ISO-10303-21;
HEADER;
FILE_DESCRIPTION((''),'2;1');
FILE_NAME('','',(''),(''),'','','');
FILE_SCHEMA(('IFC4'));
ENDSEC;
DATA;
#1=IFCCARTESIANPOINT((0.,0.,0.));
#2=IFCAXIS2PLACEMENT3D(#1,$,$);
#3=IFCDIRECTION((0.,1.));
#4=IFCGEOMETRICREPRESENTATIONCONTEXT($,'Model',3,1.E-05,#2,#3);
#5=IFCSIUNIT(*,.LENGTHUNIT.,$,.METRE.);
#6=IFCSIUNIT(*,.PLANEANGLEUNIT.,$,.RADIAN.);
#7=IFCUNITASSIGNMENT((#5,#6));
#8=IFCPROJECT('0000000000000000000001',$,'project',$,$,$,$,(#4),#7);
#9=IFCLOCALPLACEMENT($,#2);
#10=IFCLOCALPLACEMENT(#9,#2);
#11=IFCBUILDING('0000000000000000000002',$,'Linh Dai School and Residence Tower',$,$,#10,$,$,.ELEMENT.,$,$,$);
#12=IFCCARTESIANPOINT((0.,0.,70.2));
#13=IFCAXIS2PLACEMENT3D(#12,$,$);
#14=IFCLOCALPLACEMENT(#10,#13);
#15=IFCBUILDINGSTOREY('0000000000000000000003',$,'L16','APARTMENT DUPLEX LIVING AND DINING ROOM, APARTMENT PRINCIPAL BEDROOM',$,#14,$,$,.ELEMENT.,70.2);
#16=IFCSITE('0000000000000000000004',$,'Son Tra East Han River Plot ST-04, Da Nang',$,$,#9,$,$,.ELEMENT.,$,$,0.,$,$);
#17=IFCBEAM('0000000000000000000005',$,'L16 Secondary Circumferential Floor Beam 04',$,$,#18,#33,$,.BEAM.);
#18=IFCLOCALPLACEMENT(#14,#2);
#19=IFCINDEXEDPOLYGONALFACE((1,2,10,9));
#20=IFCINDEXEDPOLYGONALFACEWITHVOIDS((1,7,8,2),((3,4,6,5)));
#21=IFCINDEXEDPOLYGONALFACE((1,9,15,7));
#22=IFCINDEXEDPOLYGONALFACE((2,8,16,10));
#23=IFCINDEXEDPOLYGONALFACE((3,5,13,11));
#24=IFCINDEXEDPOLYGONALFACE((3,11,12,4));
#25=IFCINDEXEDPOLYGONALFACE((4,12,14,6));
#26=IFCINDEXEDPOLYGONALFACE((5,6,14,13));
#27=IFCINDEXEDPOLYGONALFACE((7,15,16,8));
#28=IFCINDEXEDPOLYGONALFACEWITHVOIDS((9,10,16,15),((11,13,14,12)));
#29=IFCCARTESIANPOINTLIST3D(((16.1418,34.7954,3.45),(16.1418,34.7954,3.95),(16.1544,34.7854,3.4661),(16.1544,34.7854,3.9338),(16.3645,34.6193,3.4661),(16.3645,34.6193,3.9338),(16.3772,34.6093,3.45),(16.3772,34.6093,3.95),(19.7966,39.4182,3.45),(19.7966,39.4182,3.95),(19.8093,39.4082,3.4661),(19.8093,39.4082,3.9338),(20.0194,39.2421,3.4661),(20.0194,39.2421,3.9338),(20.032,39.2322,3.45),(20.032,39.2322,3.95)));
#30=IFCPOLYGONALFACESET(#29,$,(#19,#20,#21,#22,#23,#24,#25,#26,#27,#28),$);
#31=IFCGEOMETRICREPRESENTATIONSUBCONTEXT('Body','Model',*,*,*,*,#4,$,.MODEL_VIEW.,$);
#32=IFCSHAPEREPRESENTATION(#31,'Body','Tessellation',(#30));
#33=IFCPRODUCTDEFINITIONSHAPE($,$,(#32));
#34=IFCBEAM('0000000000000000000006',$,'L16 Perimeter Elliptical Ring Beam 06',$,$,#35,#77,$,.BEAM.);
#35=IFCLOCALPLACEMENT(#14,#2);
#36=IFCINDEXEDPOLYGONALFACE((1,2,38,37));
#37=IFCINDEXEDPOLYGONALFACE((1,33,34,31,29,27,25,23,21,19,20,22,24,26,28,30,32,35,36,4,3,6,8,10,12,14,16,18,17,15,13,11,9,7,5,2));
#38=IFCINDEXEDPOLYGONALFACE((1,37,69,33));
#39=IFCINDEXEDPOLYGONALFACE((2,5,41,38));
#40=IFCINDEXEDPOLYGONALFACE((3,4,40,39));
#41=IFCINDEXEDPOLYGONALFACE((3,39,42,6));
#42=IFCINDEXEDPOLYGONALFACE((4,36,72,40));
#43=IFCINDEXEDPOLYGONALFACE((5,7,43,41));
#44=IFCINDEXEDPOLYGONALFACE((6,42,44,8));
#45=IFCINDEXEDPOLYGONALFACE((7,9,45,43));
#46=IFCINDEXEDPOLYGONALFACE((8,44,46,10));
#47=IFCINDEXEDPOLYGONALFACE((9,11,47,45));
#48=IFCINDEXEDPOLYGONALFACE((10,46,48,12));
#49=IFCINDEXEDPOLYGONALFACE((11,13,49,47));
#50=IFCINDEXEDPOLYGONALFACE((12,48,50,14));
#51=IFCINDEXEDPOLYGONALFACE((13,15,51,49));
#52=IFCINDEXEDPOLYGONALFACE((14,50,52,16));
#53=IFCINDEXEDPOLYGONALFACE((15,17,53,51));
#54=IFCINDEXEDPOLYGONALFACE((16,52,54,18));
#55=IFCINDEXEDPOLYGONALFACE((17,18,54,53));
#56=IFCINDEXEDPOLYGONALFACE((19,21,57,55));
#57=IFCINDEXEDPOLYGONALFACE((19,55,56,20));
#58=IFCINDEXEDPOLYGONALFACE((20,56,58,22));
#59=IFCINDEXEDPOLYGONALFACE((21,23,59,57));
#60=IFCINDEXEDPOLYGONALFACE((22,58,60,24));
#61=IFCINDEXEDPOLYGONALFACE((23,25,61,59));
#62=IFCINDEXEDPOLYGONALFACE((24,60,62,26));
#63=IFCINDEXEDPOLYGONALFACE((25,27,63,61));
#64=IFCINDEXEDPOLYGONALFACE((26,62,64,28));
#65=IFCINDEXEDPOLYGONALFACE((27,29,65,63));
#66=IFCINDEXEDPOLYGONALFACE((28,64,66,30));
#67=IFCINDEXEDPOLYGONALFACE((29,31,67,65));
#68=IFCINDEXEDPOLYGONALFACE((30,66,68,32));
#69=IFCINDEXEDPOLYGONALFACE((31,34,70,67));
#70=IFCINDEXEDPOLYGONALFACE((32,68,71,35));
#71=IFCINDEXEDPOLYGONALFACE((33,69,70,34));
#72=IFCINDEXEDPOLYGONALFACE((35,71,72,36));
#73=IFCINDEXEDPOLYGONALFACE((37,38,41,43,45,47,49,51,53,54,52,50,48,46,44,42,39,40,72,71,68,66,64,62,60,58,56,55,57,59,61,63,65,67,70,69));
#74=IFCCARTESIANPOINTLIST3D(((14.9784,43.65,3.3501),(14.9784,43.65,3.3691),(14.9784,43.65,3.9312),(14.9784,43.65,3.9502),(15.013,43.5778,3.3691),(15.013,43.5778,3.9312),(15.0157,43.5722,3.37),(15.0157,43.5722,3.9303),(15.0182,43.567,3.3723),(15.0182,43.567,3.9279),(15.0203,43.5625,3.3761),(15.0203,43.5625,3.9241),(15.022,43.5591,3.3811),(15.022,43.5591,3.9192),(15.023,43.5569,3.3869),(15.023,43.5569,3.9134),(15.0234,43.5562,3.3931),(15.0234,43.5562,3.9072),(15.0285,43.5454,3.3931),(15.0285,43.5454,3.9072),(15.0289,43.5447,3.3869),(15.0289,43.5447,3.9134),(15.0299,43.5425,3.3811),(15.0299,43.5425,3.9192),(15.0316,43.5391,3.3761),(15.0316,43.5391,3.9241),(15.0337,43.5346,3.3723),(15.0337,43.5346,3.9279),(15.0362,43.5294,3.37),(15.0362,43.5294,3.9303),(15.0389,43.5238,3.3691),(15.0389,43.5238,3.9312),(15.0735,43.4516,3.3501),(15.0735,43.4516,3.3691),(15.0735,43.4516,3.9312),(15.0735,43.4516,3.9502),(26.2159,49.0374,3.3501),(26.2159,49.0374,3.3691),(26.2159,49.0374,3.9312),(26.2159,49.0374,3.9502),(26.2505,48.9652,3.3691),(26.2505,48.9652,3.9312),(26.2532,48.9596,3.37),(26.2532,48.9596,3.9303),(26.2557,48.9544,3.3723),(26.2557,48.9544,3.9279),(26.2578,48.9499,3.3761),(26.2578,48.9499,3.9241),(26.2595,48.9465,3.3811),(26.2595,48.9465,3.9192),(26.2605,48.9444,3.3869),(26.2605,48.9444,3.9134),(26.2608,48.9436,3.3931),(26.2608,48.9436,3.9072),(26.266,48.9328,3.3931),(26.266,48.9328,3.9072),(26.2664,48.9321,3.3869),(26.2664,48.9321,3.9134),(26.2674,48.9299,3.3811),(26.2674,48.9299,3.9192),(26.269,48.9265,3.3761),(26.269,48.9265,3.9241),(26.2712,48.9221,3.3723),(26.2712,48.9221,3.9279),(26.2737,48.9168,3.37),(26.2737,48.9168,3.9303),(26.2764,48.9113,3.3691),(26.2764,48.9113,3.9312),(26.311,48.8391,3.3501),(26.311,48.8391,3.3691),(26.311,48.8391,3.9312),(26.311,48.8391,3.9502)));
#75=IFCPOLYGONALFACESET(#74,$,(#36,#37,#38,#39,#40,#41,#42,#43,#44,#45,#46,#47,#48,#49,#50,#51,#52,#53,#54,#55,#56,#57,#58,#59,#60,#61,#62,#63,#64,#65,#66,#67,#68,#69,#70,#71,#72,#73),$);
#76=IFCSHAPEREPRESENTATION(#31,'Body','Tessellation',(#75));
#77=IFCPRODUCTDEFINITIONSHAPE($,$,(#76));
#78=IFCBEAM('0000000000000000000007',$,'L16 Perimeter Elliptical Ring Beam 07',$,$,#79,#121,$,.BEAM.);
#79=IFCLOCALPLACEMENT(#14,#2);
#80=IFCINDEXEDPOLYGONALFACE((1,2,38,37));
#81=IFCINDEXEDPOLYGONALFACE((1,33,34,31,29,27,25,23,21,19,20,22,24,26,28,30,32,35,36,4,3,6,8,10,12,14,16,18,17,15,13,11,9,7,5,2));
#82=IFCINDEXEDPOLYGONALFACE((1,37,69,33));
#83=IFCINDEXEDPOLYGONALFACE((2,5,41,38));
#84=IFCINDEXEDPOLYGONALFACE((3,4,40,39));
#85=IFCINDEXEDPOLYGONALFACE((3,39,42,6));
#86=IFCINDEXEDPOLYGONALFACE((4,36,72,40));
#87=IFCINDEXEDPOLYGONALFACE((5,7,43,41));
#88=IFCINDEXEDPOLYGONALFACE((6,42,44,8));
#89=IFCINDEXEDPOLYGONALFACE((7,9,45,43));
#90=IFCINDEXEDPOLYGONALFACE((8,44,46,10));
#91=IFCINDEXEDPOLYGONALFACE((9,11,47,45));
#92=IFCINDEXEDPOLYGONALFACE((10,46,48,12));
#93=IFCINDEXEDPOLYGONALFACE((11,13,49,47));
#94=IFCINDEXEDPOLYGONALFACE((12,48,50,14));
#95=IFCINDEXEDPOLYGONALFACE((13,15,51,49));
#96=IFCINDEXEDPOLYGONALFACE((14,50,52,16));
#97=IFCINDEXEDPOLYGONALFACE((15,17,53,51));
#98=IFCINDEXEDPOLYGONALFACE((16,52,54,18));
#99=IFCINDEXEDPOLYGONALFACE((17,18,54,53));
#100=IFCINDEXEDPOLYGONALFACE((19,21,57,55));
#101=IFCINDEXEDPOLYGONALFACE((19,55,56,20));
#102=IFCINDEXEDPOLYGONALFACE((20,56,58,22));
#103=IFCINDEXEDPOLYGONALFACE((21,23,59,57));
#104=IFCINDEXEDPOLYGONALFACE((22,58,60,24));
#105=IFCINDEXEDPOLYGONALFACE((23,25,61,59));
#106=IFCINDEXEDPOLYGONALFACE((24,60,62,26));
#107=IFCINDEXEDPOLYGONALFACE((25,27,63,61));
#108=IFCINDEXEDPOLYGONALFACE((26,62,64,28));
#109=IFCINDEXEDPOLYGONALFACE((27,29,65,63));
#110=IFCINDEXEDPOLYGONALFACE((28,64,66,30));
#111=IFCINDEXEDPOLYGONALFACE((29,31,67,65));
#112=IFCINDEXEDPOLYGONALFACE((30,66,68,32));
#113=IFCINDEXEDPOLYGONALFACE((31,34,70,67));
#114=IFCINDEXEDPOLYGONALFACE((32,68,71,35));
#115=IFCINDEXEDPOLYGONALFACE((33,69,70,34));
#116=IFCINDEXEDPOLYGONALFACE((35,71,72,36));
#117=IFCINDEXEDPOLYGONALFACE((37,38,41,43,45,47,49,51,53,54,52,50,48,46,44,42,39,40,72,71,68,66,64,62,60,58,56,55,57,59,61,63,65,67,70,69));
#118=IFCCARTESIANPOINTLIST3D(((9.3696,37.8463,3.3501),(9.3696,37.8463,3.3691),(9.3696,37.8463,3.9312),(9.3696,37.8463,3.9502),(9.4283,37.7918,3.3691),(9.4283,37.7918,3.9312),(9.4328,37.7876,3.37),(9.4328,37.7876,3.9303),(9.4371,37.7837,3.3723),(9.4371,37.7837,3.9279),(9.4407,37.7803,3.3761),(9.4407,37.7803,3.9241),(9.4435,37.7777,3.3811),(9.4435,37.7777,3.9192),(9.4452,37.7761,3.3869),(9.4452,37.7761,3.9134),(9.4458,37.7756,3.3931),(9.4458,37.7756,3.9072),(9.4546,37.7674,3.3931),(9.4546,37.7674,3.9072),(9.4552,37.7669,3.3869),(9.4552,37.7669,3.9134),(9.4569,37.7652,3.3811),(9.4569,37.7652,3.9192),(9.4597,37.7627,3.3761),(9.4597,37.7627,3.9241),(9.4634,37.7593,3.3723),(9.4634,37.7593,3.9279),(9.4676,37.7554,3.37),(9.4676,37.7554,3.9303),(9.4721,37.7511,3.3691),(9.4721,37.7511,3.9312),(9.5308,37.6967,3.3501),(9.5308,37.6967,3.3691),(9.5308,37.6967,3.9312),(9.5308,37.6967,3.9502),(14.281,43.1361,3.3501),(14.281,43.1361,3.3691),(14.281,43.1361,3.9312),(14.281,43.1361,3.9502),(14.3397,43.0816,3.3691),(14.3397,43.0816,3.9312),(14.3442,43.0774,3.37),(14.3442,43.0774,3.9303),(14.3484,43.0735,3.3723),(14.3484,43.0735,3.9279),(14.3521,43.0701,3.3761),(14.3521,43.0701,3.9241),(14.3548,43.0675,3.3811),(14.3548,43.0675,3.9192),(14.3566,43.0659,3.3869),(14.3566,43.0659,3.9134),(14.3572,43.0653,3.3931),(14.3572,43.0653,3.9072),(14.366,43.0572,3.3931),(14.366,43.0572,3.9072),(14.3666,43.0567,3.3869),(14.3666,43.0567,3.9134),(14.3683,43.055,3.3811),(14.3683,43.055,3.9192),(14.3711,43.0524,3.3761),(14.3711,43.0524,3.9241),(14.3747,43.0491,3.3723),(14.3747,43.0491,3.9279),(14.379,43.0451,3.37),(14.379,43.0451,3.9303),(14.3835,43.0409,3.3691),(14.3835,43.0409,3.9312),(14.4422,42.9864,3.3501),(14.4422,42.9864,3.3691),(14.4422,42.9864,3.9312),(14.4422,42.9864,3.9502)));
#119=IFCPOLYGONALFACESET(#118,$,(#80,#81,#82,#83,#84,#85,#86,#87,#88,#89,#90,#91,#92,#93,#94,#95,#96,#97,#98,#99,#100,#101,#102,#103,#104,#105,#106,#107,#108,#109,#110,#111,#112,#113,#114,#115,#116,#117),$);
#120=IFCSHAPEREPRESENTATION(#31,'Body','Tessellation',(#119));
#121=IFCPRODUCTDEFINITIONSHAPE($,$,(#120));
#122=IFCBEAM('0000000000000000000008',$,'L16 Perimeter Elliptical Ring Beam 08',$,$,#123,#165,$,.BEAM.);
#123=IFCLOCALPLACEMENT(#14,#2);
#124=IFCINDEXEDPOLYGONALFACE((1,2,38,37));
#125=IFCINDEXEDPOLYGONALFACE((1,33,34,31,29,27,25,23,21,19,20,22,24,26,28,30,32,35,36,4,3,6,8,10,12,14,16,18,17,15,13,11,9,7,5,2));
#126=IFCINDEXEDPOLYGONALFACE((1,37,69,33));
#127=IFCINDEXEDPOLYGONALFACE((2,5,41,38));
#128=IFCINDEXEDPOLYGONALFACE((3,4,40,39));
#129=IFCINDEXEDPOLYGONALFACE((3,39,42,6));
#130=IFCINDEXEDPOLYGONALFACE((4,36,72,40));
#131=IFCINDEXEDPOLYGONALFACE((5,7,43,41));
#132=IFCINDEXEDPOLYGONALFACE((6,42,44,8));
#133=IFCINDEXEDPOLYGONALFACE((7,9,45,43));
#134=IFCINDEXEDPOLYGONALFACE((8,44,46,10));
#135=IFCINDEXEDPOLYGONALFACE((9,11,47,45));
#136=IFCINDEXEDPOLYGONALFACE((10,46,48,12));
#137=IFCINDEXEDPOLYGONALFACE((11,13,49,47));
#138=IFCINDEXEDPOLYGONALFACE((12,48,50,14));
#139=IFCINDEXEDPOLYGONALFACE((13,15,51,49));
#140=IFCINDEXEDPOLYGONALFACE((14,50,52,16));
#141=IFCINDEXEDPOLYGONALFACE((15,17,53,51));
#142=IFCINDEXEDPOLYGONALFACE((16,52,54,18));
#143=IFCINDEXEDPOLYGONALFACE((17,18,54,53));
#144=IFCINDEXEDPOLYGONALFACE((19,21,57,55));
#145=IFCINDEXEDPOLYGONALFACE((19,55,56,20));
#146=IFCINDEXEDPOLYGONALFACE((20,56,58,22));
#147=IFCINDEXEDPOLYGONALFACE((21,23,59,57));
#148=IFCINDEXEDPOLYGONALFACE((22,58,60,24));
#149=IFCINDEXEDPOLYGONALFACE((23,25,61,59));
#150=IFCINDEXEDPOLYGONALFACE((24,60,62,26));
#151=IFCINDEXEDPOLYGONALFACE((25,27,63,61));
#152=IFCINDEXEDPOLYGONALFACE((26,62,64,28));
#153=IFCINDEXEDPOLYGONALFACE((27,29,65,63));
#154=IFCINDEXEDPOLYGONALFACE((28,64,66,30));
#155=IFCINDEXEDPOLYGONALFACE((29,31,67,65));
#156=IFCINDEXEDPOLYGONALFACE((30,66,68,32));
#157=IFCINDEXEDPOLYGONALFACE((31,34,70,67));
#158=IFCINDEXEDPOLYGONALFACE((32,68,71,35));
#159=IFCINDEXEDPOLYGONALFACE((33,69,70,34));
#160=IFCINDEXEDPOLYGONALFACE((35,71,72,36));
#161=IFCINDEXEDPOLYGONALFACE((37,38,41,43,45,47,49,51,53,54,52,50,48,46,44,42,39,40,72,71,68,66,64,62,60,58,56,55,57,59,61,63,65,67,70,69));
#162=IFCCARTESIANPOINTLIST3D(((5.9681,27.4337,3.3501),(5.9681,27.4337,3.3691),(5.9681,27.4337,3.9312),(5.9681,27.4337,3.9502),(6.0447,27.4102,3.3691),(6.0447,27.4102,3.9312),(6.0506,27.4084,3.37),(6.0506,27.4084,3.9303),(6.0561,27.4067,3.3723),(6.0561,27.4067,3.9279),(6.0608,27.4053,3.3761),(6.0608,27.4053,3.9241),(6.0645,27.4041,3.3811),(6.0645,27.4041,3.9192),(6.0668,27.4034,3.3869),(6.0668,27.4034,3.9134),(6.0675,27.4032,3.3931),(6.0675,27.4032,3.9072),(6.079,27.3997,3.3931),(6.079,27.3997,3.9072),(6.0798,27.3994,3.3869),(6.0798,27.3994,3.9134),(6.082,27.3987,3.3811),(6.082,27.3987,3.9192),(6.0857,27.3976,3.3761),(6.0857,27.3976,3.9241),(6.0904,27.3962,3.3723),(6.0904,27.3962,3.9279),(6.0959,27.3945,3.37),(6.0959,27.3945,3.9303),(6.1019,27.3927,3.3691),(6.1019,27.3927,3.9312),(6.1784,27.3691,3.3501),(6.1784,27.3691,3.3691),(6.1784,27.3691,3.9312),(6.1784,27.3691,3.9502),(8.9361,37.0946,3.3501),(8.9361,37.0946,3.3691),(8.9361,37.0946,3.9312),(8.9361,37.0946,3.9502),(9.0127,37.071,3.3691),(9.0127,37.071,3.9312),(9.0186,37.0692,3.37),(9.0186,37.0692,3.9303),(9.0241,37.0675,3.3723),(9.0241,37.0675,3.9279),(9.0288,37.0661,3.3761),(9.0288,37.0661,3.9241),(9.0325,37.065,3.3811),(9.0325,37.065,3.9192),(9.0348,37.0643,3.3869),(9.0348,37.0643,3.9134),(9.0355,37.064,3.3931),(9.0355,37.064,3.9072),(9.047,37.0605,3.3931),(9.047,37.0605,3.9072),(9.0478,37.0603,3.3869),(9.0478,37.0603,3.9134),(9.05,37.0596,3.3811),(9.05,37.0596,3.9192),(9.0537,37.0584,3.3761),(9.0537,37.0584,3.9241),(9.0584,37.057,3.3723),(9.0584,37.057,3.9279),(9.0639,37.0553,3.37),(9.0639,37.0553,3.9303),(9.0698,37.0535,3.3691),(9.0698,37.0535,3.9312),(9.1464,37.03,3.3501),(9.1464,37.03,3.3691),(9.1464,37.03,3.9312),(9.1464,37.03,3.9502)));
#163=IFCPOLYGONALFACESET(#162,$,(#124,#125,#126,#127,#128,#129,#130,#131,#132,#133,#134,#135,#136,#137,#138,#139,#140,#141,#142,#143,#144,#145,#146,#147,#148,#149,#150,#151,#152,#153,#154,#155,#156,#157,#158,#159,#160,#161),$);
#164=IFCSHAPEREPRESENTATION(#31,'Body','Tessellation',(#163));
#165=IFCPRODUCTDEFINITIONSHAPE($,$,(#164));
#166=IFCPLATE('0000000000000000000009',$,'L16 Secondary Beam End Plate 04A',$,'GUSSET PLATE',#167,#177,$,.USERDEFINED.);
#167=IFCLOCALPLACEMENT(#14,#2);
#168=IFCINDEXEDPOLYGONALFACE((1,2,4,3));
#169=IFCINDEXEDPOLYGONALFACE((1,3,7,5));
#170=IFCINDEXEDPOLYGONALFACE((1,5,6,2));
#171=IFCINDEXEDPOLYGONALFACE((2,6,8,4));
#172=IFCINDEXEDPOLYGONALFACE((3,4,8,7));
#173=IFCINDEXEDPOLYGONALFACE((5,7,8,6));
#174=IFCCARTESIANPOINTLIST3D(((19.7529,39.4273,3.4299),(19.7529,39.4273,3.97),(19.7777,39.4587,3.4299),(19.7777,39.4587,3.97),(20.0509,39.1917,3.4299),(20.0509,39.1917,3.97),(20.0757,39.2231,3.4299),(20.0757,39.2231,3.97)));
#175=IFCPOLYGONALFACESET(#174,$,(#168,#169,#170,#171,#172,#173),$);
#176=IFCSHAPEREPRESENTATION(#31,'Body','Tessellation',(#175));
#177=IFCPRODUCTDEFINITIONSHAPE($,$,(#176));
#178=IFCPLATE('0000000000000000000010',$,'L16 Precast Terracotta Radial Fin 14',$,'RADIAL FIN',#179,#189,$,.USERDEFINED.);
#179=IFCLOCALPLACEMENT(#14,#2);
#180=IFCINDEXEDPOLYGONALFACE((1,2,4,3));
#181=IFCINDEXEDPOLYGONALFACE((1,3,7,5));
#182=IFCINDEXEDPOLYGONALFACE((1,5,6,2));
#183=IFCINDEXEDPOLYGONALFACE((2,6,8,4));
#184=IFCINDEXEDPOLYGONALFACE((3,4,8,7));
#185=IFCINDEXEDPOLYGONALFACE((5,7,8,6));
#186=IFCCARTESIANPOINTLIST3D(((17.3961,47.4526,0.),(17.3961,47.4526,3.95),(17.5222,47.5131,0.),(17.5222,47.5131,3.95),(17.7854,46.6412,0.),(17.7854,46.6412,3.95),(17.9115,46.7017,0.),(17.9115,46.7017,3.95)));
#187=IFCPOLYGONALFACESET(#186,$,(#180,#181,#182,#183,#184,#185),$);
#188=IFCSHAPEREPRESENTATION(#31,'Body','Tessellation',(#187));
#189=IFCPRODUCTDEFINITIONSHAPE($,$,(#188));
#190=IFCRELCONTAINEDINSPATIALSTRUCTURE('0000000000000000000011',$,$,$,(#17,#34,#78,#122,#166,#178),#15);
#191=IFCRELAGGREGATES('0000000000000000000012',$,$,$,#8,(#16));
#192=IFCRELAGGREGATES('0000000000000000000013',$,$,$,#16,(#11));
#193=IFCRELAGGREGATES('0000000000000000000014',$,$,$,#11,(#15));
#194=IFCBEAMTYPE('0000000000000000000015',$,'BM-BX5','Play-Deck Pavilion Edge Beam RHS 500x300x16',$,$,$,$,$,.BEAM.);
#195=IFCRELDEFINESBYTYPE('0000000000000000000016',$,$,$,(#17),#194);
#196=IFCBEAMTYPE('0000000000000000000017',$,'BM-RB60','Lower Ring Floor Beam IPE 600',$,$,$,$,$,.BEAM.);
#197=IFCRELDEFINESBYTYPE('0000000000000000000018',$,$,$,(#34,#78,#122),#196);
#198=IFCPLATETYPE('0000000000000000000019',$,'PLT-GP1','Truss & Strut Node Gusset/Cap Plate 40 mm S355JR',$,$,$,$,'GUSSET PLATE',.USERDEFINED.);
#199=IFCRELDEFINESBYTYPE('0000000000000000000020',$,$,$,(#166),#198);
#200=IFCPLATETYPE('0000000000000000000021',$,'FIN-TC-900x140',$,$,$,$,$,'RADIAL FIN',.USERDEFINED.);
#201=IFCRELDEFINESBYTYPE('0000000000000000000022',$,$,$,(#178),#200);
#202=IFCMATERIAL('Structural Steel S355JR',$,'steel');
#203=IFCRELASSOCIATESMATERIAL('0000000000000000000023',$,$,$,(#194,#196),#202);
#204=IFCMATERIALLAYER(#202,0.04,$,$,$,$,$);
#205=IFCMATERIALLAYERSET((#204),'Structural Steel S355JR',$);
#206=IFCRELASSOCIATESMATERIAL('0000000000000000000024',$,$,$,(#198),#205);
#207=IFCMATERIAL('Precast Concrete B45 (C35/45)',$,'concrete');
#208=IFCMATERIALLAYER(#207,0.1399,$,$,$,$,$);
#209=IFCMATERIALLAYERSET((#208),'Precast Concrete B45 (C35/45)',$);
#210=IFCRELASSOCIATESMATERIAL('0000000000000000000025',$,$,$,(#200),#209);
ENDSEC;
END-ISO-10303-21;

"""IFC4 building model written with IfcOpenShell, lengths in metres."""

from ifc_helpers import new_model, si_unit, direction, frame, origin, origin_2d, place, context, subcontext, project, spatial, rectangle, hollow_rectangle, i_section, extrude, source, transform, mapped, material, layer, layer_set, material_profile, profile_set, type_object, element, save


model = new_model("IFC4")

# Units and contexts
model_context = context("Model", 3, precision=1e-05, world=origin(), true_north=direction((0.0, 1.0)))
body_context = subcontext(model_context, "Body", "Model", "MODEL_VIEW")
ifc_project = project(units=[si_unit("LENGTHUNIT", "METRE"), si_unit("PLANEANGLEUNIT", "RADIAN")], contexts=[model_context])

# Site, building, storey
site_placement = place(None, origin())
site = spatial("IfcSite", under=ifc_project, at=site_placement, Name="Son Tra East Han River Plot ST-04, Da Nang", CompositionType="ELEMENT", RefElevation=0.0)
building_placement = place(site_placement, origin())
building = spatial("IfcBuilding", under=site, at=building_placement, Name="Linh Dai School and Residence Tower", CompositionType="ELEMENT")
storey_placement = place(building_placement, frame((0.0, 0.0, 70.2)))
storey = spatial("IfcBuildingStorey", under=building, at=storey_placement, Name="L16", Description="APARTMENT DUPLEX LIVING AND DINING ROOM, APARTMENT PRINCIPAL BEDROOM", CompositionType="ELEMENT", Elevation=70.2)

# Shared definitions
ifc_material_1 = material(Name="Structural Steel S355JR", Category="steel")

# Beams
ifc_material_profile_1 = material_profile(ifc_material_1, hollow_rectangle(XDim=0.3, YDim=0.5, WallThickness=0.0161, at=origin_2d()), Name="RHS 500x300x16")
ifc_profile_set_1 = profile_set([ifc_material_profile_1], Name="Structural Steel S355JR")
beam_type_1 = type_object("IfcBeamType", Name="BM-BX5", Description="Play-Deck Pavilion Edge Beam RHS 500x300x16", PredefinedType="BEAM", material=ifc_profile_set_1)
beam_1_placement = place(storey_placement, frame((19.9143, 39.3252, 3.7), z_axis=(-0.620188, -0.784453, 0.0), x_axis=(0.784453, -0.620188, 0.0)))
element("IfcBeam", 1, at=beam_1_placement, inside=storey, type_object=beam_type_1, Name="L16 Secondary Circumferential Floor Beam 04", PredefinedType="BEAM", context=body_context, shape_type="SweptSolid", body=[
    extrude(hollow_rectangle(XDim=0.3, YDim=0.5, WallThickness=0.0161, at=origin_2d()), origin(), (0.0, 0.0, 1.0), 5.8931),
])
ifc_material_profile_2 = material_profile(ifc_material_1, i_section(OverallWidth=0.22, OverallDepth=0.6001, WebThickness=0.012, FlangeThickness=0.019, FilletRadius=0.0239, at=origin_2d()), Name="IPE 600")
ifc_profile_set_2 = profile_set([ifc_material_profile_2], Name="Structural Steel S355JR")
beam_type_2 = type_object("IfcBeamType", Name="BM-RB60", Description="Lower Ring Floor Beam IPE 600", PredefinedType="BEAM", material=ifc_profile_set_2)
beam_2_placement = place(storey_placement, frame((26.2634, 48.9382, 3.6501), z_axis=(-0.901729, -0.432302, 0.0), x_axis=(0.432302, -0.901729, 0.0)))
element("IfcBeam", 2, at=beam_2_placement, inside=storey, type_object=beam_type_2, Name="L16 Perimeter Elliptical Ring Beam 06", PredefinedType="BEAM", context=body_context, shape_type="SweptSolid", body=[
    extrude(i_section(OverallWidth=0.22, OverallDepth=0.6001, WebThickness=0.012, FlangeThickness=0.019, FilletRadius=0.0239, at=origin_2d()), origin(), (0.0, 0.0, 1.0), 12.4622),
])
beam_3_placement = place(storey_placement, frame((14.3616, 43.0613, 3.6501), z_axis=(-0.680408, -0.732833, 0.0), x_axis=(0.732833, -0.680408, 0.0)))
element("IfcBeam", 3, at=beam_3_placement, inside=storey, type_object=beam_type_2, Name="L16 Perimeter Elliptical Ring Beam 07", PredefinedType="BEAM", context=body_context, shape_type="SweptSolid", body=[
    extrude(i_section(OverallWidth=0.22, OverallDepth=0.6001, WebThickness=0.012, FlangeThickness=0.019, FilletRadius=0.0239, at=origin_2d()), origin(), (0.0, 0.0, 1.0), 7.2183),
])
beam_4_placement = place(storey_placement, frame((9.0413, 37.0623, 3.6501), z_axis=(-0.293673, -0.955906, 0.0), x_axis=(0.955906, -0.293673, 0.0)))
element("IfcBeam", 4, at=beam_4_placement, inside=storey, type_object=beam_type_2, Name="L16 Perimeter Elliptical Ring Beam 08", PredefinedType="BEAM", context=body_context, shape_type="SweptSolid", body=[
    extrude(i_section(OverallWidth=0.22, OverallDepth=0.6001, WebThickness=0.012, FlangeThickness=0.019, FilletRadius=0.0239, at=origin_2d()), origin(), (0.0, 0.0, 1.0), 10.1064),
])

# Plates
ifc_layer_1 = layer(ifc_material_1, 0.04)
ifc_layer_set_1 = layer_set([ifc_layer_1], Name="Structural Steel S355JR")
plate_type_1 = type_object("IfcPlateType", Name="PLT-GP1", Description="Truss & Strut Node Gusset/Cap Plate 40 mm S355JR", ElementType="GUSSET PLATE", PredefinedType="USERDEFINED", material=ifc_layer_set_1)
shared_shape_1 = source(origin(), body_context, "Body", "SweptSolid", [
    extrude(rectangle(XDim=0.04, YDim=0.3799, at=origin_2d()), origin(), (0.0, 0.0, 1.0), 0.54),
])
plate_1_placement = place(storey_placement, frame((19.9143, 39.3252, 3.4299), z_axis=(0.0, 0.0, 1.0), x_axis=(-0.620178, -0.784461, 0.0)))
element("IfcPlate", 5, at=plate_1_placement, inside=storey, type_object=plate_type_1, Name="L16 Secondary Beam End Plate 04A", ObjectType="GUSSET PLATE", PredefinedType="USERDEFINED", context=body_context, shape_type="MappedRepresentation", body=[
    mapped(shared_shape_1, transform((0.0, 0.0, 0.0), x_axis=(1.0, 0.0, 0.0), y_axis=(0.0, 1.0, 0.0), z_axis=(0.0, 0.0, 1.0), scale=1.0)),
])
ifc_material_2 = material(Name="Precast Concrete B45 (C35/45)", Category="concrete")
ifc_layer_2 = layer(ifc_material_2, 0.1399)
ifc_layer_set_2 = layer_set([ifc_layer_2], Name="Precast Concrete B45 (C35/45)")
plate_type_2 = type_object("IfcPlateType", Name="FIN-TC-900x140", ElementType="RADIAL FIN", PredefinedType="USERDEFINED", material=ifc_layer_set_2)
shared_shape_2 = source(origin(), body_context, "Body", "SweptSolid", [
    extrude(rectangle(XDim=0.8999, YDim=0.1399, at=origin_2d()), origin(), (0.0, 0.0, 1.0), 3.95),
])
plate_2_placement = place(storey_placement, frame((17.6538, 47.0771, 0.0), z_axis=(0.0, 0.0, 1.0), x_axis=(-0.432603, 0.901585, 0.0)))
element("IfcPlate", 6, at=plate_2_placement, inside=storey, type_object=plate_type_2, Name="L16 Precast Terracotta Radial Fin 14", ObjectType="RADIAL FIN", PredefinedType="USERDEFINED", context=body_context, shape_type="MappedRepresentation", body=[
    mapped(shared_shape_2, transform((0.0, 0.0, 0.0), x_axis=(1.0, 0.0, 0.0), y_axis=(0.0, 1.0, 0.0), z_axis=(0.0, 0.0, 1.0), scale=1.0)),
])

save(model, "model.ifc")
